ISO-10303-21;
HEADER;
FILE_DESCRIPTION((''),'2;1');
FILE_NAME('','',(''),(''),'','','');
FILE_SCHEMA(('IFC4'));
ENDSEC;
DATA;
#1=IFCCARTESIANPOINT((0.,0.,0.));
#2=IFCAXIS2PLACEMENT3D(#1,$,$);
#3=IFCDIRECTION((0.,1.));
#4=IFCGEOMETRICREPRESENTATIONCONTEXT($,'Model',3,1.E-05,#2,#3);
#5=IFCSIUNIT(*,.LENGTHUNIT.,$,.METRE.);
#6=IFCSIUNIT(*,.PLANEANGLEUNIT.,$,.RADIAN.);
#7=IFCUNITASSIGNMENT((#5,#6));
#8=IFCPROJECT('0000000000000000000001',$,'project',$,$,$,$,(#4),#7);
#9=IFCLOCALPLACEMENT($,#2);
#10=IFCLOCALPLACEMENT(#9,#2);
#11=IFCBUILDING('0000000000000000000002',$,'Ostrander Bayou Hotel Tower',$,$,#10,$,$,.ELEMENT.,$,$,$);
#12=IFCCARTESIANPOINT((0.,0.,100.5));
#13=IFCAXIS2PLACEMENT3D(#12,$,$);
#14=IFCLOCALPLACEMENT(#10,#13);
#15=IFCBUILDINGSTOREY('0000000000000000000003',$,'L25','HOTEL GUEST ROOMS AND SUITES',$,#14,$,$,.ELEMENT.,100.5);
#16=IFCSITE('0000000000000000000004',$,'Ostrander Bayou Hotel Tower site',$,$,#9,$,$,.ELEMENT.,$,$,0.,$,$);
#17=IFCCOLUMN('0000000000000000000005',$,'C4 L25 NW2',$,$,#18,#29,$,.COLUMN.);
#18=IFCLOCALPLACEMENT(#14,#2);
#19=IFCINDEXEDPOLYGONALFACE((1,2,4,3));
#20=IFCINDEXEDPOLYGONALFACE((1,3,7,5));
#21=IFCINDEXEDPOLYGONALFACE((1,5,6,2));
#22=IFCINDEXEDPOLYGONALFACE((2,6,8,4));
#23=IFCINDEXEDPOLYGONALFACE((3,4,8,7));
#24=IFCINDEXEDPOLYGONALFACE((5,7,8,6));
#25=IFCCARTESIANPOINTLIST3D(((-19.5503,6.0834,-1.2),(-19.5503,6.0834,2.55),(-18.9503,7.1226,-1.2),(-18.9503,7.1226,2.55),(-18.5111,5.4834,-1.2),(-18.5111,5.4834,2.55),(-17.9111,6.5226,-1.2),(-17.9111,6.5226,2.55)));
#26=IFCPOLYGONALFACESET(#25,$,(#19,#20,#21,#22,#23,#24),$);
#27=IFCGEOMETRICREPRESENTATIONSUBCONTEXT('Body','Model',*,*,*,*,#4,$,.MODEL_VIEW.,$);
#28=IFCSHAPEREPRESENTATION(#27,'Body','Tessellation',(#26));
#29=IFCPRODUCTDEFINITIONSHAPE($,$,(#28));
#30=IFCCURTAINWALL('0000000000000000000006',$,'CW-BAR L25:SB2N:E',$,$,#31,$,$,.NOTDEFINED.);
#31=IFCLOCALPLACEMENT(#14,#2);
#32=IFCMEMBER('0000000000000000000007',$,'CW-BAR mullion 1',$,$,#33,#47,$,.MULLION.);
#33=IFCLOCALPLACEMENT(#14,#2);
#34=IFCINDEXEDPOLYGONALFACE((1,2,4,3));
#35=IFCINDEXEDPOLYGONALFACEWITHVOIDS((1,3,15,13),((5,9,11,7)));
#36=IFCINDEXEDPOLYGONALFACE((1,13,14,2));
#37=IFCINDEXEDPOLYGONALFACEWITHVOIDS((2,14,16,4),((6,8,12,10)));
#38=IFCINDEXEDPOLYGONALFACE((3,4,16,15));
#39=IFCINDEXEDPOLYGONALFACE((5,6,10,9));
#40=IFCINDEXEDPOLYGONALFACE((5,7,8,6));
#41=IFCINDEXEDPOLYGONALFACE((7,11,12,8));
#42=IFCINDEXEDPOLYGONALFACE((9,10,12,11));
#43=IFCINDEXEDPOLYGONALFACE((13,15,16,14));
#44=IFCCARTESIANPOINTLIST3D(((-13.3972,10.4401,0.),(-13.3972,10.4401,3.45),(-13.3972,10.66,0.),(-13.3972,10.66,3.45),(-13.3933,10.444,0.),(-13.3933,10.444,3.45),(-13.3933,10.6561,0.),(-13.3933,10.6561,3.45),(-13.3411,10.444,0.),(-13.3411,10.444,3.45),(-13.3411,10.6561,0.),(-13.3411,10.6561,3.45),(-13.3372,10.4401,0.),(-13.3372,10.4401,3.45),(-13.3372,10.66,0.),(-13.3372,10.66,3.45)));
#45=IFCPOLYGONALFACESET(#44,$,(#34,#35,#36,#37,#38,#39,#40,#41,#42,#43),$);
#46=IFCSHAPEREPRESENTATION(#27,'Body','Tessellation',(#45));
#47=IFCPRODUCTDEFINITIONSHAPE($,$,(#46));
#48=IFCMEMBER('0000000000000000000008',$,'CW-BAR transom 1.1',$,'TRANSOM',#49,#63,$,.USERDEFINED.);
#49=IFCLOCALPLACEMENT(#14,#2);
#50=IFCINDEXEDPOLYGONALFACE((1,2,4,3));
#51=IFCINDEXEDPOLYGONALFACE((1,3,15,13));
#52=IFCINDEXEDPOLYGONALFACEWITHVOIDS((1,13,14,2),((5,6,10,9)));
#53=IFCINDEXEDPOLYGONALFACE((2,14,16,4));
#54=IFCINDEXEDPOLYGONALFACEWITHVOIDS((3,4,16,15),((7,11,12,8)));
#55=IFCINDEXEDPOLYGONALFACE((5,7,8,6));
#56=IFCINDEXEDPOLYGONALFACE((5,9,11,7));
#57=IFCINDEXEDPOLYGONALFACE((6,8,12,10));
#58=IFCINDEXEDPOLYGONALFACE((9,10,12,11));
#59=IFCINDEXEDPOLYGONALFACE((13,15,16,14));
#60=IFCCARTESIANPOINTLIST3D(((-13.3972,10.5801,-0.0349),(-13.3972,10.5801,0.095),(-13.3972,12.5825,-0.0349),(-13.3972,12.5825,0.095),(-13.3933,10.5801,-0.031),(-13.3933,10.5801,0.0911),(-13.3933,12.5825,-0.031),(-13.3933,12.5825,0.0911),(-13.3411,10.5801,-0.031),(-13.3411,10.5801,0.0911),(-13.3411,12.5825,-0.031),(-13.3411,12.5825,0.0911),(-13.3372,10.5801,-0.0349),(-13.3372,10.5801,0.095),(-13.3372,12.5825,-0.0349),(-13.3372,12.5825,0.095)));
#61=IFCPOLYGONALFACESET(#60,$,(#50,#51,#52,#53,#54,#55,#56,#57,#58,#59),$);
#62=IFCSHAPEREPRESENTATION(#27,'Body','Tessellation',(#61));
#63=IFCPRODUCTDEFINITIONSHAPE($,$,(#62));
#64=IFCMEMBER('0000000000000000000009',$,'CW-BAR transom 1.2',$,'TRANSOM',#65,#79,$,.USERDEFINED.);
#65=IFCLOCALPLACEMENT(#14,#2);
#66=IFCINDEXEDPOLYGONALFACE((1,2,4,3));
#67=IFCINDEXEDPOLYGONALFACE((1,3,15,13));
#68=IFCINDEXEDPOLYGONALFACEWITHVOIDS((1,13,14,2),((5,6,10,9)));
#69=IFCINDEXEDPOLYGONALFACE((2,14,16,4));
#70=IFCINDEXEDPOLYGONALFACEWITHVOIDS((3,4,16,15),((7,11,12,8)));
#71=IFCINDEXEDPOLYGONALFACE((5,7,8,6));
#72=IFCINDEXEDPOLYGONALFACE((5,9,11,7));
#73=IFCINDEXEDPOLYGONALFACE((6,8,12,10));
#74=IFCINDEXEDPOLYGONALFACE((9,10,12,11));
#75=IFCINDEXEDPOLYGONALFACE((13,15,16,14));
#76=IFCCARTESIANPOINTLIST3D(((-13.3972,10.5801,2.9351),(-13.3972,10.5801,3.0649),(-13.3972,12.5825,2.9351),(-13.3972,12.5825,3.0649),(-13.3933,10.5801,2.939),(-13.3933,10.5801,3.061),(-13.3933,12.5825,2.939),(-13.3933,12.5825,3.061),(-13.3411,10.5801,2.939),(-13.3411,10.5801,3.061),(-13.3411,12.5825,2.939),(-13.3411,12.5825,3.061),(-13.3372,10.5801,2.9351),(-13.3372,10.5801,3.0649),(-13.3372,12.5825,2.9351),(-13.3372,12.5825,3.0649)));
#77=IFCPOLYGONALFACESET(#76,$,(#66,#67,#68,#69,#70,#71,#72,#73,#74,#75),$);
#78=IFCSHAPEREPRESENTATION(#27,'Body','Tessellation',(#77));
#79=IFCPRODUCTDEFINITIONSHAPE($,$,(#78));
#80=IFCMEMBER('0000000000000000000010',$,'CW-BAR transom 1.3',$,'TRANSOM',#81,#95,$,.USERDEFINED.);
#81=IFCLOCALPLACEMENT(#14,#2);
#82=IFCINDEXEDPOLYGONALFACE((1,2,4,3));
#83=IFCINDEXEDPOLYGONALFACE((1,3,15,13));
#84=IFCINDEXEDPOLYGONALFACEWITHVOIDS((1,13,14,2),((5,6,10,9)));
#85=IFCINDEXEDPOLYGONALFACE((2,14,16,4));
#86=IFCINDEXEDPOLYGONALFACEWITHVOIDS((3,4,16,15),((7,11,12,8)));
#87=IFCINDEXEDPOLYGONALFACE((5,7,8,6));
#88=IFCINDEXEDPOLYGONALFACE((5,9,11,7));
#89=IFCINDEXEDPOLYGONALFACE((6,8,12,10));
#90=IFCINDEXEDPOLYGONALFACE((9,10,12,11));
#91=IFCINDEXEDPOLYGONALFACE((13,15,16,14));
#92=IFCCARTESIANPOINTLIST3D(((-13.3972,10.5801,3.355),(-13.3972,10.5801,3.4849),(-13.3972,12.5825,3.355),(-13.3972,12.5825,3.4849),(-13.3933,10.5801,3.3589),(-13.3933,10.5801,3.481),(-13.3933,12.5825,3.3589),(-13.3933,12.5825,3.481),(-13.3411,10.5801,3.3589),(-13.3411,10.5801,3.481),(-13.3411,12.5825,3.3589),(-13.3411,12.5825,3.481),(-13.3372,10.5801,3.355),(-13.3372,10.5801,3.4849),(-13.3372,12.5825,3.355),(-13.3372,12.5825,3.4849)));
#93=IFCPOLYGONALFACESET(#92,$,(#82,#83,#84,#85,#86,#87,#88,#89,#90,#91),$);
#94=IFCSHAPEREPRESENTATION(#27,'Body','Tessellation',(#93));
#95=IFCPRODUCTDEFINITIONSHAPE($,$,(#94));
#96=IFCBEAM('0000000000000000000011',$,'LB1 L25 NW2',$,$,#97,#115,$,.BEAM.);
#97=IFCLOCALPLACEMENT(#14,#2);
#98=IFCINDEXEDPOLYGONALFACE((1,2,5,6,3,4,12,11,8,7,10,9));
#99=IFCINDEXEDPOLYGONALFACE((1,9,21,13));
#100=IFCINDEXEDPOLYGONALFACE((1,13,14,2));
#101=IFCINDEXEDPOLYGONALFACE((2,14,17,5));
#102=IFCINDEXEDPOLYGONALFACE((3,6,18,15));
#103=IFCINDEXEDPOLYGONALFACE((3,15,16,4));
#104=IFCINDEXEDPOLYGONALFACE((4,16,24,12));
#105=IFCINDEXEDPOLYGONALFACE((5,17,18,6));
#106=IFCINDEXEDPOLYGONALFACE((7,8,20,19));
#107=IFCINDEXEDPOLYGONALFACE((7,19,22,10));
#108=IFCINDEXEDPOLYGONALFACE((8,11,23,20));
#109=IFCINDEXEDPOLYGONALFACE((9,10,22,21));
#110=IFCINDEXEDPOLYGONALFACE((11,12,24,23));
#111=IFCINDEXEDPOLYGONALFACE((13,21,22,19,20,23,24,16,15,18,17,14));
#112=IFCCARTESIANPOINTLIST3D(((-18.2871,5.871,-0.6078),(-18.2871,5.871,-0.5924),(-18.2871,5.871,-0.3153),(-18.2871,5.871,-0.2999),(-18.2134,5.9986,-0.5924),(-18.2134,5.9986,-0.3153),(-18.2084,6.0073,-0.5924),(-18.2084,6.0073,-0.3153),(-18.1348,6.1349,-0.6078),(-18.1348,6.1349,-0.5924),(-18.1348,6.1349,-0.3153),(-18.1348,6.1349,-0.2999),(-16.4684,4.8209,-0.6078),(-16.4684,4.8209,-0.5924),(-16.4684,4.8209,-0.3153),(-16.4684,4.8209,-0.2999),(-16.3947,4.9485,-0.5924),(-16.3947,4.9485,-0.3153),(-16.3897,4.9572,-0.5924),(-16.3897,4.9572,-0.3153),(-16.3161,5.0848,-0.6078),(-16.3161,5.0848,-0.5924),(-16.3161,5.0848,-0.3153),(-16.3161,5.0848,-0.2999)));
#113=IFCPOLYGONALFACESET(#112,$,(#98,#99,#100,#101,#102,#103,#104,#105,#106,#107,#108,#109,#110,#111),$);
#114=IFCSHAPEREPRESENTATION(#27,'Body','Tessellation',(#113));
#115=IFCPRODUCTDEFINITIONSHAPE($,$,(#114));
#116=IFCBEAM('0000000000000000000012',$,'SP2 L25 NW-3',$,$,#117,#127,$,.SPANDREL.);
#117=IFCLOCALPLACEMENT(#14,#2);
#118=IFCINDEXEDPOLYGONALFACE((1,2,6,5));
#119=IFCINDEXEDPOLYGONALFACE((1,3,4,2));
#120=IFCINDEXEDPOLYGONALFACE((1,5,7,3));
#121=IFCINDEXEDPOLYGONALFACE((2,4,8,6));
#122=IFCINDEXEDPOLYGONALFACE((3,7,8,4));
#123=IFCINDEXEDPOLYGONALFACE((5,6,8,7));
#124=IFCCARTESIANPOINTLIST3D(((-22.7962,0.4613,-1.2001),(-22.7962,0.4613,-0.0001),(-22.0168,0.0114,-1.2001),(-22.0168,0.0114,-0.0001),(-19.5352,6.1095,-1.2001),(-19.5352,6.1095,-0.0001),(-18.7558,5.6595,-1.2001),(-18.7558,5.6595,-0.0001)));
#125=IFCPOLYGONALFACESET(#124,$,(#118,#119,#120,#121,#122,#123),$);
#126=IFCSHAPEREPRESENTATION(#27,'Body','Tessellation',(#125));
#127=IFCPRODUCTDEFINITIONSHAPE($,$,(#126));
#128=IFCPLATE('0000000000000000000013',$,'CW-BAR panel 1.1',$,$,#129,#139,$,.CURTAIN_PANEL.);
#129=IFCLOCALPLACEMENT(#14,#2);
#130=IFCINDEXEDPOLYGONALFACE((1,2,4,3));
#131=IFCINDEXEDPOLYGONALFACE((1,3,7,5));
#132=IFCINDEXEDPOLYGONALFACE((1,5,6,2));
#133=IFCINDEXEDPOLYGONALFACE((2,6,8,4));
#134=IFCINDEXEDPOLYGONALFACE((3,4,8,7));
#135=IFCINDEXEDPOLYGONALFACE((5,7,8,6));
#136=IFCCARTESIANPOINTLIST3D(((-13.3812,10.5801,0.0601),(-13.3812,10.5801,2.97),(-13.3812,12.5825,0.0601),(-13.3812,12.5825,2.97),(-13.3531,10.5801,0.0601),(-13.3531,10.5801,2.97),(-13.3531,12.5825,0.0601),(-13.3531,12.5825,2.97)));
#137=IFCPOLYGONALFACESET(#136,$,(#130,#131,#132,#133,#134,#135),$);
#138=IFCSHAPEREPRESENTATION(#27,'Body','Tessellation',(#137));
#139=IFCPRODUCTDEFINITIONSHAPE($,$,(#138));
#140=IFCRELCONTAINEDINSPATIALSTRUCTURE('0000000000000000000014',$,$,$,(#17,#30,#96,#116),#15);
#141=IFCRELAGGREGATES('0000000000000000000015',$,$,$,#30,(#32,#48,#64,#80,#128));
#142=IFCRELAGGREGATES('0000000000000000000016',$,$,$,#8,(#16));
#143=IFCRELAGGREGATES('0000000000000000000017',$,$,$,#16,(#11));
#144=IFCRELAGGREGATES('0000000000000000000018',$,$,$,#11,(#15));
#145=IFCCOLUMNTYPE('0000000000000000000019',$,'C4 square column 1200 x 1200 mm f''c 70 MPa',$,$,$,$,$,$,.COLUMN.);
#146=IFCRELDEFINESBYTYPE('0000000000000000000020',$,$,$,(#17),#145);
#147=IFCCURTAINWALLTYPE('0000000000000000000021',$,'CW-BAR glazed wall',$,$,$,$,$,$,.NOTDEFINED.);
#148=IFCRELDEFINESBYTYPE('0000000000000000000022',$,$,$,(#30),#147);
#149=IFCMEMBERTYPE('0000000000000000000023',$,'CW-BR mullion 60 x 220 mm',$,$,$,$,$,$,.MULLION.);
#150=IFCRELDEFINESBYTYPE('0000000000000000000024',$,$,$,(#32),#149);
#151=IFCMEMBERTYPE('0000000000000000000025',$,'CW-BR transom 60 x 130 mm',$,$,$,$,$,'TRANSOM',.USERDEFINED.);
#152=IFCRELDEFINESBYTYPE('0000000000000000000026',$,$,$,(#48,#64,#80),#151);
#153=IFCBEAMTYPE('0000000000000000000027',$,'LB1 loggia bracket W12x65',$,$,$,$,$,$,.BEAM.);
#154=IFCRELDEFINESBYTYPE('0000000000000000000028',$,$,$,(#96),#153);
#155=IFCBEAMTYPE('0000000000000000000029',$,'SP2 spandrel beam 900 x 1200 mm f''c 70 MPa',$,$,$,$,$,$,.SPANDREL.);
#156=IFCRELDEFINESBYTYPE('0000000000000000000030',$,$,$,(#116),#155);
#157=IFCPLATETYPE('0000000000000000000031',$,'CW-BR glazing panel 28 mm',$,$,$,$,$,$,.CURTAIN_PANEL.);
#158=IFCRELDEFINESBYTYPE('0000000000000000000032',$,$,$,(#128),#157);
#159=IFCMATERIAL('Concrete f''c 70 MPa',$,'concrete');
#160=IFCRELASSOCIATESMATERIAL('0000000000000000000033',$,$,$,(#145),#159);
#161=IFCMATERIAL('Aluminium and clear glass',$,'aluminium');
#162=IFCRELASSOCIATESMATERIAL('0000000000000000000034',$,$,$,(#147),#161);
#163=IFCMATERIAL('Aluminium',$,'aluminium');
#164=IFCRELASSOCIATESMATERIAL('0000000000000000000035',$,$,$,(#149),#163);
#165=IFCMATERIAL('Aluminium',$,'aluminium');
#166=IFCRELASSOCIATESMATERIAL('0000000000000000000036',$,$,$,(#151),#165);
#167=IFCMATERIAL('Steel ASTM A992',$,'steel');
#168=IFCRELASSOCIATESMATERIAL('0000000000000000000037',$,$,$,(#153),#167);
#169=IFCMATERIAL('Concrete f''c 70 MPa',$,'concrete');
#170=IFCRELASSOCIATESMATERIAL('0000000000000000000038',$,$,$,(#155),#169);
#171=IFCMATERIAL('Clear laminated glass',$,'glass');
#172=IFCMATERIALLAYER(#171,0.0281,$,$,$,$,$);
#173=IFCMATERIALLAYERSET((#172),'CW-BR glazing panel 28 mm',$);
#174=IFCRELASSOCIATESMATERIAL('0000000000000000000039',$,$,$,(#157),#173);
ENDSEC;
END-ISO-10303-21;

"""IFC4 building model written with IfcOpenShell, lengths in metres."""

from ifc_helpers import new_model, si_unit, direction, frame, origin, origin_2d, place, context, subcontext, project, spatial, rectangle, hollow_rectangle, i_section, extrude, material, layer, layer_set, material_profile, profile_set, type_object, element, aggregate, save


model = new_model("IFC4")

# Units and contexts
model_context = context("Model", 3, precision=1e-05, world=origin(), true_north=direction((0.0, 1.0)))
body_context = subcontext(model_context, "Body", "Model", "MODEL_VIEW")
ifc_project = project(units=[si_unit("LENGTHUNIT", "METRE"), si_unit("PLANEANGLEUNIT", "RADIAN")], contexts=[model_context])

# Site, building, storey
site_placement = place(None, origin())
site = spatial("IfcSite", under=ifc_project, at=site_placement, Name="Ostrander Bayou Hotel Tower site", CompositionType="ELEMENT", RefElevation=0.0)
building_placement = place(site_placement, origin())
building = spatial("IfcBuilding", under=site, at=building_placement, Name="Ostrander Bayou Hotel Tower", CompositionType="ELEMENT")
storey_placement = place(building_placement, frame((0.0, 0.0, 100.5)))
storey = spatial("IfcBuildingStorey", under=building, at=storey_placement, Name="L25", Description="HOTEL GUEST ROOMS AND SUITES", CompositionType="ELEMENT", Elevation=100.5)

# Column
ifc_material_1 = material(Name="Concrete f'c 70 MPa", Category="concrete")
ifc_material_profile_1 = material_profile(ifc_material_1, rectangle(XDim=1.2, YDim=1.2, at=origin_2d()))
ifc_profile_set_1 = profile_set([ifc_material_profile_1], Name="Concrete f'c 70 MPa")
column_type = type_object("IfcColumnType", Name="C4 square column 1200 x 1200 mm f'c 70 MPa", PredefinedType="COLUMN", material=ifc_profile_set_1)
column_placement = place(storey_placement, frame((-18.7307, 6.303, -1.2), z_axis=(0.0, 0.0, 1.0), x_axis=(0.5, 0.866025, 0.0)))
element("IfcColumn", 1, at=column_placement, inside=storey, type_object=column_type, Name="C4 L25 NW2", PredefinedType="COLUMN", context=body_context, shape_type="SweptSolid", body=[
    extrude(rectangle(XDim=1.2, YDim=1.2, at=origin_2d()), origin(), (0.0, 0.0, 1.0), 3.75),
])

# Curtain wall, members
ifc_material_2 = material(Name="Aluminium and clear glass", Category="aluminium")
curtain_wall_type = type_object("IfcCurtainWallType", Name="CW-BAR glazed wall", PredefinedType="NOTDEFINED", material=ifc_material_2)
curtain_wall_placement = place(storey_placement, origin())
curtain_wall = element("IfcCurtainWall", 2, at=curtain_wall_placement, inside=storey, type_object=curtain_wall_type, Name="CW-BAR L25:SB2N:E", PredefinedType="NOTDEFINED")
ifc_material_3 = material(Name="Aluminium", Category="aluminium")
ifc_material_profile_2 = material_profile(ifc_material_3, hollow_rectangle(XDim=0.0601, YDim=0.22, WallThickness=0.0039, at=origin_2d()))
ifc_profile_set_2 = profile_set([ifc_material_profile_2], Name="Aluminium")
member_type_1 = type_object("IfcMemberType", Name="CW-BR mullion 60 x 220 mm", PredefinedType="MULLION", material=ifc_profile_set_2)
member_1_placement = place(storey_placement, frame((-13.3672, 10.55, 0.0), z_axis=(0.0, 0.0, 1.0), x_axis=(-1.0, 0.0, 0.0)))
member_1 = element("IfcMember", 3, at=member_1_placement, type_object=member_type_1, Name="CW-BAR mullion 1", PredefinedType="MULLION", context=body_context, shape_type="SweptSolid", body=[
    extrude(hollow_rectangle(XDim=0.0601, YDim=0.22, WallThickness=0.0039, at=origin_2d()), origin(), (0.0, 0.0, 1.0), 3.45),
])
ifc_material_4 = material(Name="Aluminium", Category="aluminium")
ifc_material_profile_3 = material_profile(ifc_material_4, hollow_rectangle(XDim=0.0601, YDim=0.1299, WallThickness=0.0039, at=origin_2d()))
ifc_profile_set_3 = profile_set([ifc_material_profile_3], Name="Aluminium")
member_type_2 = type_object("IfcMemberType", Name="CW-BR transom 60 x 130 mm", ElementType="TRANSOM", PredefinedType="USERDEFINED", material=ifc_profile_set_3)
member_2_placement = place(storey_placement, frame((-13.3672, 10.5801, 0.03), z_axis=(0.0, 1.0, 0.0), x_axis=(-1.0, 0.0, 0.0)))
member_2 = element("IfcMember", 4, at=member_2_placement, type_object=member_type_2, Name="CW-BAR transom 1.1", ObjectType="TRANSOM", PredefinedType="USERDEFINED", context=body_context, shape_type="SweptSolid", body=[
    extrude(hollow_rectangle(XDim=0.0601, YDim=0.1299, WallThickness=0.0039, at=origin_2d()), origin(), (0.0, 0.0, 1.0), 2.0024),
])
member_3_placement = place(storey_placement, frame((-13.3672, 10.5801, 3.0), z_axis=(0.0, 1.0, 0.0), x_axis=(-1.0, 0.0, 0.0)))
member_3 = element("IfcMember", 5, at=member_3_placement, type_object=member_type_2, Name="CW-BAR transom 1.2", ObjectType="TRANSOM", PredefinedType="USERDEFINED", context=body_context, shape_type="SweptSolid", body=[
    extrude(hollow_rectangle(XDim=0.0601, YDim=0.1299, WallThickness=0.0039, at=origin_2d()), origin(), (0.0, 0.0, 1.0), 2.0024),
])
member_4_placement = place(storey_placement, frame((-13.3672, 10.5801, 3.4199), z_axis=(0.0, 1.0, 0.0), x_axis=(-1.0, 0.0, 0.0)))
member_4 = element("IfcMember", 6, at=member_4_placement, type_object=member_type_2, Name="CW-BAR transom 1.3", ObjectType="TRANSOM", PredefinedType="USERDEFINED", context=body_context, shape_type="SweptSolid", body=[
    extrude(hollow_rectangle(XDim=0.0601, YDim=0.1299, WallThickness=0.0039, at=origin_2d()), origin(), (0.0, 0.0, 1.0), 2.0024),
])

# Beams
ifc_material_5 = material(Name="Steel ASTM A992", Category="steel")
ifc_material_profile_4 = material_profile(ifc_material_5, i_section(OverallWidth=0.3047, OverallDepth=0.3079, WebThickness=0.01, FlangeThickness=0.0154, at=origin_2d()))
ifc_profile_set_4 = profile_set([ifc_material_profile_4], Name="Steel ASTM A992")
beam_type_1 = type_object("IfcBeamType", Name="LB1 loggia bracket W12x65", PredefinedType="BEAM", material=ifc_profile_set_4)
beam_1_placement = place(storey_placement, frame((-18.2109, 6.0029, -0.4539), z_axis=(0.866009, -0.500028, 0.0), x_axis=(0.500028, 0.866009, 0.0)))
element("IfcBeam", 7, at=beam_1_placement, inside=storey, type_object=beam_type_1, Name="LB1 L25 NW2", PredefinedType="BEAM", context=body_context, shape_type="SweptSolid", body=[
    extrude(i_section(OverallWidth=0.3047, OverallDepth=0.3079, WebThickness=0.01, FlangeThickness=0.0154, at=origin_2d()), origin(), (0.0, 0.0, 1.0), 2.1001),
])
ifc_material_6 = material(Name="Concrete f'c 70 MPa", Category="concrete")
ifc_material_profile_5 = material_profile(ifc_material_6, rectangle(XDim=0.8999, YDim=1.2, at=origin_2d()))
ifc_profile_set_5 = profile_set([ifc_material_profile_5], Name="Concrete f'c 70 MPa")
beam_type_2 = type_object("IfcBeamType", Name="SP2 spandrel beam 900 x 1200 mm f'c 70 MPa", PredefinedType="SPANDREL", material=ifc_profile_set_5)
beam_2_placement = place(storey_placement, frame((-19.1455, 5.8845, -0.6001), z_axis=(-0.5, -0.866025, 0.0), x_axis=(0.866025, -0.5, 0.0)))
element("IfcBeam", 8, at=beam_2_placement, inside=storey, type_object=beam_type_2, Name="SP2 L25 NW-3", PredefinedType="SPANDREL", context=body_context, shape_type="SweptSolid", body=[
    extrude(rectangle(XDim=0.8999, YDim=1.2, at=origin_2d()), origin(), (0.0, 0.0, 1.0), 6.522),
])

# Plate
ifc_material_7 = material(Name="Clear laminated glass", Category="glass")
ifc_layer_1 = layer(ifc_material_7, 0.0281)
ifc_layer_set_1 = layer_set([ifc_layer_1], Name="CW-BR glazing panel 28 mm")
plate_type = type_object("IfcPlateType", Name="CW-BR glazing panel 28 mm", PredefinedType="CURTAIN_PANEL", material=ifc_layer_set_1)
plate_placement = place(storey_placement, frame((-13.3672, 11.5813, 0.0601), z_axis=(0.0, 0.0, 1.0), x_axis=(0.0, 1.0, 0.0)))
plate = element("IfcPlate", 9, at=plate_placement, type_object=plate_type, Name="CW-BAR panel 1.1", PredefinedType="CURTAIN_PANEL", context=body_context, shape_type="SweptSolid", body=[
    extrude(rectangle(XDim=2.0024, YDim=0.0281, at=origin_2d()), origin(), (0.0, 0.0, 1.0), 2.9099),
])
aggregate(curtain_wall, [member_1, member_2, member_3, member_4, plate])

save(model, "model.ifc")
